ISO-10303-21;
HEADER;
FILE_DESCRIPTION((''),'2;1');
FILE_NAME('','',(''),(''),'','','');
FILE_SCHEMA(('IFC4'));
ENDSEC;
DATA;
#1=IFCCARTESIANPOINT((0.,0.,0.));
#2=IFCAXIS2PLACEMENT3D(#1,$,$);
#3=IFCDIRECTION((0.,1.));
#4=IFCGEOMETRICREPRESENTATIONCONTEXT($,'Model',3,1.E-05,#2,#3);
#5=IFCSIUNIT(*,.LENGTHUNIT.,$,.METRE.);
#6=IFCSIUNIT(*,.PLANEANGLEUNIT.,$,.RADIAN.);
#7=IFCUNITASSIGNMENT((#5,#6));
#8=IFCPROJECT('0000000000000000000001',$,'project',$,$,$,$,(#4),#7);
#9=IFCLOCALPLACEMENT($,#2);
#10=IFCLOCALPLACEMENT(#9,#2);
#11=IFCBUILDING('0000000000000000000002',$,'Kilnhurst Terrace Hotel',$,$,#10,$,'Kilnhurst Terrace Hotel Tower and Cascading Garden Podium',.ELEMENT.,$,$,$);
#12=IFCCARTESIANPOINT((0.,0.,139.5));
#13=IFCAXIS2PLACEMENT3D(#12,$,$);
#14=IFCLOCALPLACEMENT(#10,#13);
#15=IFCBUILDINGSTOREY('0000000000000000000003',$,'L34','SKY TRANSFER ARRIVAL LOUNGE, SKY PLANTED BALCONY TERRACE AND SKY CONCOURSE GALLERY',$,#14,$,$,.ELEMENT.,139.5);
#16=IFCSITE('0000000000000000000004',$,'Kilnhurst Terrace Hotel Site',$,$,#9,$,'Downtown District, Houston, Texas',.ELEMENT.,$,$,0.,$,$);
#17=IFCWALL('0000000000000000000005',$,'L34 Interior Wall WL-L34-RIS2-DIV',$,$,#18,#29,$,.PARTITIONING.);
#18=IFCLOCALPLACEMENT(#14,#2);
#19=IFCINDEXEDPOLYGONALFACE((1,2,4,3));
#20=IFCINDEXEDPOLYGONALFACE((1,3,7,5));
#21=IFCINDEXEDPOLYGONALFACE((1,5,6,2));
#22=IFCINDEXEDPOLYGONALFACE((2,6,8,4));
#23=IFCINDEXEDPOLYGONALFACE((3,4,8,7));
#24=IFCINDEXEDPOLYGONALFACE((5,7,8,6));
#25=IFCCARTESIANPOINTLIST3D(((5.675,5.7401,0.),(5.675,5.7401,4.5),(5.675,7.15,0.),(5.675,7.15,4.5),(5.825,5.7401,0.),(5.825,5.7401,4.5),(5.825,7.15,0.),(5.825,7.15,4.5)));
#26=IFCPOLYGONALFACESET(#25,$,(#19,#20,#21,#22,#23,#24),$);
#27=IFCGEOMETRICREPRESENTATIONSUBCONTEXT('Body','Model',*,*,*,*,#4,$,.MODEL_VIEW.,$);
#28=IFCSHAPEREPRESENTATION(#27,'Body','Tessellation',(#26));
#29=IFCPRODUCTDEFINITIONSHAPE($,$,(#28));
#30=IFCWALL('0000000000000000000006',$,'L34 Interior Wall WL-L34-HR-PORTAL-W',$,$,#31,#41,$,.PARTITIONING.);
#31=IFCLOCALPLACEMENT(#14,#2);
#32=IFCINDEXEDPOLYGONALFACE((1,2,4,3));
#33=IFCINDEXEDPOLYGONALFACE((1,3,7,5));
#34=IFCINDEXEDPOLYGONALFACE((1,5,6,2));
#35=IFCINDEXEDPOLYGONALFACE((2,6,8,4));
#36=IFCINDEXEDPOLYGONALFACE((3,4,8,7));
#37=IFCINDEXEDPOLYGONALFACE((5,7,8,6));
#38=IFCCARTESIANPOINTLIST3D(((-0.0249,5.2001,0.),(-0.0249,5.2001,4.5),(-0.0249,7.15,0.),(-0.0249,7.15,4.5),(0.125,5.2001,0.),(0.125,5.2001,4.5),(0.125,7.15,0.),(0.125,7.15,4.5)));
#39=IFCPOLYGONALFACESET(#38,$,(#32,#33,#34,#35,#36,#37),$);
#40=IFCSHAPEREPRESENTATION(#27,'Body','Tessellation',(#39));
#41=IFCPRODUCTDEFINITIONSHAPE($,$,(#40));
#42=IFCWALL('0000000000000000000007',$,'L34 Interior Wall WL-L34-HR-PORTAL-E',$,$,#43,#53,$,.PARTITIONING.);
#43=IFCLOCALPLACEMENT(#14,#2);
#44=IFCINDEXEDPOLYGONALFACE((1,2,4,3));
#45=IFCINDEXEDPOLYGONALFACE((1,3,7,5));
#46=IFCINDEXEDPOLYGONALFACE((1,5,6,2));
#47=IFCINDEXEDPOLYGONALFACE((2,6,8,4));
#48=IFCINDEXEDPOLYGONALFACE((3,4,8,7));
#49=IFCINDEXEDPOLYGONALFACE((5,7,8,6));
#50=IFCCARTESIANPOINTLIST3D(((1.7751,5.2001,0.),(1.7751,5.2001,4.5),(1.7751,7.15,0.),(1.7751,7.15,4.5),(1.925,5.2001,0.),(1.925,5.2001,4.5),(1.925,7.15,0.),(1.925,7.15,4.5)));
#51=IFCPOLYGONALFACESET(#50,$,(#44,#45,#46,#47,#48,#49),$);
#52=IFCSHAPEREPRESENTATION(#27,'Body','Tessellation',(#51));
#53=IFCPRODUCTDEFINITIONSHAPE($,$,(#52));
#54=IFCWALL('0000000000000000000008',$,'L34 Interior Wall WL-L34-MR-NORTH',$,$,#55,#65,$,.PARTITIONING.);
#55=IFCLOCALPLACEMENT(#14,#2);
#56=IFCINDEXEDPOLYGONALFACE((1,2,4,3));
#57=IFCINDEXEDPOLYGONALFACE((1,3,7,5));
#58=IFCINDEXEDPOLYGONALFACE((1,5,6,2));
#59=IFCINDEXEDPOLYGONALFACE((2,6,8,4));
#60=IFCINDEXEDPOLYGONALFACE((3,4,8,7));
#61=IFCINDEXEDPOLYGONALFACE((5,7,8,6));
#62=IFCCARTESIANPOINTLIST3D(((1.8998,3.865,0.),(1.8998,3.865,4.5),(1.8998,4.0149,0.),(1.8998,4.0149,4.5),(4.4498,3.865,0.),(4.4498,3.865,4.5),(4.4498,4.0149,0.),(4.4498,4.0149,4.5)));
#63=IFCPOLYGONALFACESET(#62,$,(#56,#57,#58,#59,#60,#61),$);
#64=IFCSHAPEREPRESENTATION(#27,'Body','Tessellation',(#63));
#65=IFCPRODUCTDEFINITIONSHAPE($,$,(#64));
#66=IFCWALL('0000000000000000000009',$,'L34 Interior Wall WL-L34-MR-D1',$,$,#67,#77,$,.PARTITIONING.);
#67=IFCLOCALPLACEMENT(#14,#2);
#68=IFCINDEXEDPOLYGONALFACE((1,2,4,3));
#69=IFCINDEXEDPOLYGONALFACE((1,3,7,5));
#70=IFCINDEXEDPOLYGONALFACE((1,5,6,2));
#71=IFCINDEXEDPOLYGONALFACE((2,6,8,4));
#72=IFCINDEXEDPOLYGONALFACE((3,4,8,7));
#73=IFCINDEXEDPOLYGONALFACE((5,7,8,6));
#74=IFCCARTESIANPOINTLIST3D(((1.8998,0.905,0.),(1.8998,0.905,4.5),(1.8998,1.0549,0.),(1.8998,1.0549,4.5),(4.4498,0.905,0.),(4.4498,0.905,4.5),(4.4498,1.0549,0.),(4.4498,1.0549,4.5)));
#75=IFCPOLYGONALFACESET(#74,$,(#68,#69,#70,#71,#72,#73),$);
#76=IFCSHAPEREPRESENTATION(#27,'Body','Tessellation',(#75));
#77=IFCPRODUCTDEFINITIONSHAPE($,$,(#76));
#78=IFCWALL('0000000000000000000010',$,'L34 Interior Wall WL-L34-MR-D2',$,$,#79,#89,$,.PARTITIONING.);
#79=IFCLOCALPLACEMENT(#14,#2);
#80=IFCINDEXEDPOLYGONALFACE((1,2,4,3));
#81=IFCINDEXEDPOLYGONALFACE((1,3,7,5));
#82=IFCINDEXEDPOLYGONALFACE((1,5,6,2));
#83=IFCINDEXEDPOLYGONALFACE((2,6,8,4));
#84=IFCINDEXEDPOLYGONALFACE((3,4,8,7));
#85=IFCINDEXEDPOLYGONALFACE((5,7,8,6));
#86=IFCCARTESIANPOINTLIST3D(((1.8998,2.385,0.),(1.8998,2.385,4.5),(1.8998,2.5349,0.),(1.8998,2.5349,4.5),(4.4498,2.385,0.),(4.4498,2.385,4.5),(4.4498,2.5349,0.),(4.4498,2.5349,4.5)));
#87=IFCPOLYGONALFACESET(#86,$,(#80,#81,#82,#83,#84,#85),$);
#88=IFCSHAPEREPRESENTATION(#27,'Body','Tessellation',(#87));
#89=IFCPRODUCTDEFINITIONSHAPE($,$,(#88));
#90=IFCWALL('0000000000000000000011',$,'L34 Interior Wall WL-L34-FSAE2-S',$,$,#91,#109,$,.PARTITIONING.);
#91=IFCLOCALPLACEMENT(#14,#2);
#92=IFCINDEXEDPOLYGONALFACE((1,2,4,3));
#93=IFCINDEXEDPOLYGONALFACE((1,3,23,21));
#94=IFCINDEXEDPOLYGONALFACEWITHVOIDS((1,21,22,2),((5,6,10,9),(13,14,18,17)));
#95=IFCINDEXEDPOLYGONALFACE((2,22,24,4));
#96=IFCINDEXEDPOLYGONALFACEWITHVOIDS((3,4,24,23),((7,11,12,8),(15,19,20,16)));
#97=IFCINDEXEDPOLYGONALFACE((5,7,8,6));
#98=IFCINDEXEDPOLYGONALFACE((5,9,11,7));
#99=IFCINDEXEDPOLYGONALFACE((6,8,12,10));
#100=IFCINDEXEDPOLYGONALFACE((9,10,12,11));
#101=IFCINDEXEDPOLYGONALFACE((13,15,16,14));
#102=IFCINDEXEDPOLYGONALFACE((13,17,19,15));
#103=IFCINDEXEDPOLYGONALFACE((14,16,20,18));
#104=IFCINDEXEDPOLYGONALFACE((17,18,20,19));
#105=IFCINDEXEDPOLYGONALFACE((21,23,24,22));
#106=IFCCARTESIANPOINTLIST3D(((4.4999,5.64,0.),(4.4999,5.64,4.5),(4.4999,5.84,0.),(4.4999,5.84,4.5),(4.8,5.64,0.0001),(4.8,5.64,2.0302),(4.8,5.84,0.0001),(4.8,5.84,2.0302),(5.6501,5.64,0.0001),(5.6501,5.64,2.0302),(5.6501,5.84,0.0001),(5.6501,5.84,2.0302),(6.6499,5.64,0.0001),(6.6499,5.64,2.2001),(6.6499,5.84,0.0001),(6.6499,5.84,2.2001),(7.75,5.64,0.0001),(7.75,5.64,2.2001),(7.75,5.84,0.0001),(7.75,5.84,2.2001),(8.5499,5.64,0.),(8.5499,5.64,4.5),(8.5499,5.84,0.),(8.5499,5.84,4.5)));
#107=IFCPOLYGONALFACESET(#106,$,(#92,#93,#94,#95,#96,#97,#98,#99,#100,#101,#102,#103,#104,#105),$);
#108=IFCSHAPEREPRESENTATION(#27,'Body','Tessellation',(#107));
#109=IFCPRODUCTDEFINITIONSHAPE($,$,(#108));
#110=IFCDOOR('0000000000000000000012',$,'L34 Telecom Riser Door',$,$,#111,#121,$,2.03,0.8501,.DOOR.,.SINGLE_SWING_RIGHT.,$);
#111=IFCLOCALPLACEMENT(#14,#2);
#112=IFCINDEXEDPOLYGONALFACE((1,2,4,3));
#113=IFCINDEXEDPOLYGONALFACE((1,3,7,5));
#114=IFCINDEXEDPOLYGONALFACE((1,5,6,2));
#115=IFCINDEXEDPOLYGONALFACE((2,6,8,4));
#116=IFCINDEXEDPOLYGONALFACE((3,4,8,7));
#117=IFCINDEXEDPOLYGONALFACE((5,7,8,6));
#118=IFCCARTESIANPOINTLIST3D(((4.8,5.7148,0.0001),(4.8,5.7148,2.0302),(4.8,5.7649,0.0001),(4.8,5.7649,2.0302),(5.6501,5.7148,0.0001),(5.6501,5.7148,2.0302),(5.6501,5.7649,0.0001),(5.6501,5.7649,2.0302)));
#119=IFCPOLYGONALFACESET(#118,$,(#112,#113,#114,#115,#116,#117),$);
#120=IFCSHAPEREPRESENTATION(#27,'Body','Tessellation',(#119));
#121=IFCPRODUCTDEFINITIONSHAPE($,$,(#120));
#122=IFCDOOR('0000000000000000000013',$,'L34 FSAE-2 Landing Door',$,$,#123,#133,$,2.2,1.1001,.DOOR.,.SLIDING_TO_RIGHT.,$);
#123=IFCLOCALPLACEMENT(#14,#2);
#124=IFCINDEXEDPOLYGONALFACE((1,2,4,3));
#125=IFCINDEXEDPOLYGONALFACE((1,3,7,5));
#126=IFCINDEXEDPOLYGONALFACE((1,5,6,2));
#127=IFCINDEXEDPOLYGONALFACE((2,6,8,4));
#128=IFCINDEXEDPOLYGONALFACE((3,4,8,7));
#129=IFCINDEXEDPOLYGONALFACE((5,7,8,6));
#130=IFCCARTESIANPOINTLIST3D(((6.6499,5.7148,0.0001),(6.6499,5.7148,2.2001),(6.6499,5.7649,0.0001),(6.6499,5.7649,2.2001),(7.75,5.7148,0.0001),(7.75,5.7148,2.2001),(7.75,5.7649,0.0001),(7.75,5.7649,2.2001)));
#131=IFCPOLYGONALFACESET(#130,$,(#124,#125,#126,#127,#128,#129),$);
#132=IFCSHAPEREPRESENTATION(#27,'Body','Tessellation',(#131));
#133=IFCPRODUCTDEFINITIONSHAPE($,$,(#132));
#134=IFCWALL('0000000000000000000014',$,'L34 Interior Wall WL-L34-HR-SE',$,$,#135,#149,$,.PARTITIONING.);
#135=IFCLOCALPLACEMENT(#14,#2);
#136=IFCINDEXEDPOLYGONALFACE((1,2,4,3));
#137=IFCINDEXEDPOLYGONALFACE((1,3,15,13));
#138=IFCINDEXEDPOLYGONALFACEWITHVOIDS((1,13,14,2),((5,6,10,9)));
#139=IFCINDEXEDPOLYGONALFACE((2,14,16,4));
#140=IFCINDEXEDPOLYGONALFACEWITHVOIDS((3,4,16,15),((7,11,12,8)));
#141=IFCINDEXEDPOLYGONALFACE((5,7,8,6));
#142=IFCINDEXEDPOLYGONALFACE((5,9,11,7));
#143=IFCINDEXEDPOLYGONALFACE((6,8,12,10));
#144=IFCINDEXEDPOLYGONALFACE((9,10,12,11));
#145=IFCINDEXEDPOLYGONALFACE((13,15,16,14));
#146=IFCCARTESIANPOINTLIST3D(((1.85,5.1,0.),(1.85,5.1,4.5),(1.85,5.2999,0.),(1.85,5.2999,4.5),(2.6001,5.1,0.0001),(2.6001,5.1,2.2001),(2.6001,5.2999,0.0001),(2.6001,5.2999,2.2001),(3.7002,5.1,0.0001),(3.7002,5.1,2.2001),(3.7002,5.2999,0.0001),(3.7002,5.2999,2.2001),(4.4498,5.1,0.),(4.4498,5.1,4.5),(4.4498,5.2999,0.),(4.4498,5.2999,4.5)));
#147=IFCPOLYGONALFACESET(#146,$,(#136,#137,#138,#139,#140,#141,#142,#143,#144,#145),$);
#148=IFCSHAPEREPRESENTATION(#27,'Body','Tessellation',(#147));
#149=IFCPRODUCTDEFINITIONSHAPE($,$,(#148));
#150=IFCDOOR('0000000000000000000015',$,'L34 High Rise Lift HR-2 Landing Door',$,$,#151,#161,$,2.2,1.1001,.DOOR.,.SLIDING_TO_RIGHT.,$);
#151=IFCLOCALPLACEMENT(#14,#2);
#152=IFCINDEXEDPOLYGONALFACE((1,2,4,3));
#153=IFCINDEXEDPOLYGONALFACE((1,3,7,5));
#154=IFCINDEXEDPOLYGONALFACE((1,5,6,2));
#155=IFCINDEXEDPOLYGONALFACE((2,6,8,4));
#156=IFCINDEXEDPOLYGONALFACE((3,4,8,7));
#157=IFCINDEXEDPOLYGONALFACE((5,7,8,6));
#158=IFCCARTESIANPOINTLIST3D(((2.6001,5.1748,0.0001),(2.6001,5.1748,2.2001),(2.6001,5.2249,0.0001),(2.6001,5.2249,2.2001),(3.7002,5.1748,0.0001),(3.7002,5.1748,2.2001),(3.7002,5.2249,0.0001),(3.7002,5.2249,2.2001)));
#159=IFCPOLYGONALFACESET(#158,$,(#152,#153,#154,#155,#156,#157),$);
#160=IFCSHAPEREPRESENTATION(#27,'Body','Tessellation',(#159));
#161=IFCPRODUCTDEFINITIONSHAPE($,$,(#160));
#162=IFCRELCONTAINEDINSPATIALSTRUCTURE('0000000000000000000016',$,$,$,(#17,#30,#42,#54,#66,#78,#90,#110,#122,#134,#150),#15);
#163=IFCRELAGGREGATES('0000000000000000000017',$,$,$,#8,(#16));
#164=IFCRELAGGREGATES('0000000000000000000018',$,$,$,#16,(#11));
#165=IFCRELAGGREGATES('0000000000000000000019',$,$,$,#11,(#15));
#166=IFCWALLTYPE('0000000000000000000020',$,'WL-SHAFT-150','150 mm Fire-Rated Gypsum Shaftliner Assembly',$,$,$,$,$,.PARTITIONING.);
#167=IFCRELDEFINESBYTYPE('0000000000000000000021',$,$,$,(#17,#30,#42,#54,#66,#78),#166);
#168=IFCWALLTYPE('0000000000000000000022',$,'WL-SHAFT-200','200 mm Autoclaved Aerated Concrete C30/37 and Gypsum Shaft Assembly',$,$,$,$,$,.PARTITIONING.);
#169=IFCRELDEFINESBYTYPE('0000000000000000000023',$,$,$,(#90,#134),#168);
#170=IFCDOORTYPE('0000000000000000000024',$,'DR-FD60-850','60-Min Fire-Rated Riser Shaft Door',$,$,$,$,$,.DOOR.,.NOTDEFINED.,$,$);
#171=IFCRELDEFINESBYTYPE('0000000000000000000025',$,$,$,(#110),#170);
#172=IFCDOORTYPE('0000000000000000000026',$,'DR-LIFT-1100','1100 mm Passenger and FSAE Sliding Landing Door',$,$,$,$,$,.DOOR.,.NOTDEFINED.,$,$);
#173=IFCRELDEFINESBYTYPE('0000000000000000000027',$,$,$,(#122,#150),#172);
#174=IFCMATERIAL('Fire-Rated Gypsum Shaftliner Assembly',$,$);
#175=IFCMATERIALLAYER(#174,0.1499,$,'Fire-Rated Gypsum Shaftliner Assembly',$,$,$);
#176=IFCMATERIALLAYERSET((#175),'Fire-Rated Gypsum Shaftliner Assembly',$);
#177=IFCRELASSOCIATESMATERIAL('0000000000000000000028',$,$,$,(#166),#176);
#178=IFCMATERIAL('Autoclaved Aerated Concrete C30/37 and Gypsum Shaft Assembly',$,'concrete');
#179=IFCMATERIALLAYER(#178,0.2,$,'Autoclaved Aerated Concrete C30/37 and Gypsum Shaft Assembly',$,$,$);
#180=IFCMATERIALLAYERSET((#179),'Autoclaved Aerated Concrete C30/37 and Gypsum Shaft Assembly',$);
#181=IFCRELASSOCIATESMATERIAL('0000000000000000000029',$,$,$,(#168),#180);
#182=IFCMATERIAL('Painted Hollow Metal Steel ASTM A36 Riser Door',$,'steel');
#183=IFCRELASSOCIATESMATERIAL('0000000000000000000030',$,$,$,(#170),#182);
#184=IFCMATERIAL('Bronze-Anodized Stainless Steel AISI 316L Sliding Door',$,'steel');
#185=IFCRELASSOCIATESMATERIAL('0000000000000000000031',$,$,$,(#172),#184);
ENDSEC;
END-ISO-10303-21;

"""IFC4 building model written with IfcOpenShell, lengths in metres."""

from ifc_helpers import new_model, si_unit, direction, frame, frame_2d, origin, place, context, subcontext, project, spatial, rectangle, extrude, material, layer, layer_set, type_object, element, fill, save


model = new_model("IFC4")

# Units and contexts
model_context = context("Model", 3, precision=1e-05, world=origin(), true_north=direction((0.0, 1.0)))
body_context = subcontext(model_context, "Body", "Model", "MODEL_VIEW")
ifc_project = project(units=[si_unit("LENGTHUNIT", "METRE"), si_unit("PLANEANGLEUNIT", "RADIAN")], contexts=[model_context])

# Site, building, storey
site_placement = place(None, origin())
site = spatial("IfcSite", under=ifc_project, at=site_placement, Name="Kilnhurst Terrace Hotel Site", LongName="Downtown District, Houston, Texas", CompositionType="ELEMENT", RefElevation=0.0)
building_placement = place(site_placement, origin())
building = spatial("IfcBuilding", under=site, at=building_placement, Name="Kilnhurst Terrace Hotel", LongName="Kilnhurst Terrace Hotel Tower and Cascading Garden Podium", CompositionType="ELEMENT")
storey_placement = place(building_placement, frame((0.0, 0.0, 139.5)))
storey = spatial("IfcBuildingStorey", under=building, at=storey_placement, Name="L34", Description="SKY TRANSFER ARRIVAL LOUNGE, SKY PLANTED BALCONY TERRACE AND SKY CONCOURSE GALLERY", CompositionType="ELEMENT", Elevation=139.5)

# Walls
ifc_material_1 = material(Name="Fire-Rated Gypsum Shaftliner Assembly")
ifc_layer_1 = layer(ifc_material_1, 0.1499, Name="Fire-Rated Gypsum Shaftliner Assembly")
ifc_layer_set_1 = layer_set([ifc_layer_1], Name="Fire-Rated Gypsum Shaftliner Assembly")
wall_type_1 = type_object("IfcWallType", Name="WL-SHAFT-150", Description="150 mm Fire-Rated Gypsum Shaftliner Assembly", PredefinedType="PARTITIONING", material=ifc_layer_set_1)
wall_1_placement = place(storey_placement, frame((5.75, 5.74, 0.0), z_axis=(0.0, 0.0, 1.0), x_axis=(0.0, 1.0, 0.0)))
element("IfcWall", 1, at=wall_1_placement, inside=storey, type_object=wall_type_1, Name="L34 Interior Wall WL-L34-RIS2-DIV", PredefinedType="PARTITIONING", context=body_context, shape_type="SweptSolid", body=[
    extrude(rectangle(XDim=1.4099, YDim=0.1499, at=frame_2d((0.7051, 0.0))), origin(), (0.0, 0.0, 1.0), 4.5),
])
for number, where, z_axis, x_axis, name in (
    (2, (0.05, 5.2, 0.0), (0.0, 0.0, 1.0), (0.0, 1.0, 0.0), "L34 Interior Wall WL-L34-HR-PORTAL-W"),
    (3, (1.8501, 5.2, 0.0), (0.0, 0.0, 1.0), (0.0, 1.0, 0.0), "L34 Interior Wall WL-L34-HR-PORTAL-E"),
):
    element("IfcWall", number, at=place(storey_placement, frame(where, z_axis=z_axis, x_axis=x_axis)), inside=storey, type_object=wall_type_1, Name=name, PredefinedType="PARTITIONING", context=body_context, shape_type="SweptSolid", body=[
        extrude(rectangle(XDim=1.95, YDim=0.1499, at=frame_2d((0.9751, 0.0))), origin(), (0.0, 0.0, 1.0), 4.5),
    ])
for number, where, z_axis, x_axis, name in (
    (4, (1.8999, 3.9399, 0.0), (0.0, 0.0, 1.0), (1.0, 0.0, 0.0), "L34 Interior Wall WL-L34-MR-NORTH"),
    (5, (1.8999, 0.98, 0.0), (0.0, 0.0, 1.0), (1.0, 0.0, 0.0), "L34 Interior Wall WL-L34-MR-D1"),
    (6, (1.8999, 2.46, 0.0), (0.0, 0.0, 1.0), (1.0, 0.0, 0.0), "L34 Interior Wall WL-L34-MR-D2"),
):
    element("IfcWall", number, at=place(storey_placement, frame(where, z_axis=z_axis, x_axis=x_axis)), inside=storey, type_object=wall_type_1, Name=name, PredefinedType="PARTITIONING", context=body_context, shape_type="SweptSolid", body=[
        extrude(rectangle(XDim=2.55, YDim=0.1499, at=frame_2d((1.2749, 0.0))), origin(), (0.0, 0.0, 1.0), 4.5),
    ])

# Wall, openings, doors
ifc_material_2 = material(Name="Autoclaved Aerated Concrete C30/37 and Gypsum Shaft Assembly", Category="concrete")
ifc_layer_2 = layer(ifc_material_2, 0.2, Name="Autoclaved Aerated Concrete C30/37 and Gypsum Shaft Assembly")
ifc_layer_set_2 = layer_set([ifc_layer_2], Name="Autoclaved Aerated Concrete C30/37 and Gypsum Shaft Assembly")
wall_type_2 = type_object("IfcWallType", Name="WL-SHAFT-200", Description="200 mm Autoclaved Aerated Concrete C30/37 and Gypsum Shaft Assembly", PredefinedType="PARTITIONING", material=ifc_layer_set_2)
wall_2_placement = place(storey_placement, frame((4.5, 5.74, 0.0), z_axis=(0.0, 0.0, 1.0), x_axis=(1.0, 0.0, 0.0)))
wall_2 = element("IfcWall", 7, at=wall_2_placement, inside=storey, type_object=wall_type_2, Name="L34 Interior Wall WL-L34-FSAE2-S", PredefinedType="PARTITIONING", context=body_context, shape_type="SweptSolid", body=[
    extrude(rectangle(XDim=4.05, YDim=0.2, at=frame_2d((2.0249, 0.0))), origin(), (0.0, 0.0, 1.0), 4.5),
])
opening_1_placement = place(wall_2_placement, frame((0.3, 0.0, 0.0)))
opening_1 = element("IfcOpeningElement", 8, at=opening_1_placement, cuts=wall_2, PredefinedType="OPENING", context=body_context, shape_type="SweptSolid", body=[
    extrude(rectangle(XDim=0.8501, YDim=2.03, at=frame_2d((0.425, 1.0151))), frame((0.0, 0.1099, 0.0), z_axis=(0.0, -1.0, 0.0), x_axis=(1.0, 0.0, 0.0)), (0.0, 0.0, 1.0), 0.22),
])
opening_2_placement = place(wall_2_placement, frame((2.1499, 0.0, 0.0)))
opening_2 = element("IfcOpeningElement", 9, at=opening_2_placement, cuts=wall_2, PredefinedType="OPENING", context=body_context, shape_type="SweptSolid", body=[
    extrude(rectangle(XDim=1.1001, YDim=2.2, at=frame_2d((0.55, 1.1001))), frame((0.0, 0.1099, 0.0), z_axis=(0.0, -1.0, 0.0), x_axis=(1.0, 0.0, 0.0)), (0.0, 0.0, 1.0), 0.22),
])
ifc_material_3 = material(Name="Painted Hollow Metal Steel ASTM A36 Riser Door", Category="steel")
door_type_1 = type_object("IfcDoorType", Name="DR-FD60-850", Description="60-Min Fire-Rated Riser Shaft Door", OperationType="NOTDEFINED", PredefinedType="DOOR", material=ifc_material_3)
door_1_placement = place(opening_1_placement, origin())
door_1 = element("IfcDoor", 10, at=door_1_placement, inside=storey, type_object=door_type_1, Name="L34 Telecom Riser Door", OperationType="SINGLE_SWING_RIGHT", OverallHeight=2.03, OverallWidth=0.8501, PredefinedType="DOOR", context=body_context, shape_type="SweptSolid", body=[
    extrude(rectangle(XDim=0.8501, YDim=2.03, at=frame_2d((0.425, 1.0151))), frame((0.0, 0.0249, 0.0), z_axis=(0.0, -1.0, 0.0), x_axis=(1.0, 0.0, 0.0)), (0.0, 0.0, 1.0), 0.05),
])
fill(opening_1, door_1)
ifc_material_4 = material(Name="Bronze-Anodized Stainless Steel AISI 316L Sliding Door", Category="steel")
door_type_2 = type_object("IfcDoorType", Name="DR-LIFT-1100", Description="1100 mm Passenger and FSAE Sliding Landing Door", OperationType="NOTDEFINED", PredefinedType="DOOR", material=ifc_material_4)
door_2_placement = place(opening_2_placement, origin())
door_2 = element("IfcDoor", 11, at=door_2_placement, inside=storey, type_object=door_type_2, Name="L34 FSAE-2 Landing Door", OperationType="SLIDING_TO_RIGHT", OverallHeight=2.2, OverallWidth=1.1001, PredefinedType="DOOR", context=body_context, shape_type="SweptSolid", body=[
    extrude(rectangle(XDim=1.1001, YDim=2.2, at=frame_2d((0.55, 1.1001))), frame((0.0, 0.0249, 0.0), z_axis=(0.0, -1.0, 0.0), x_axis=(1.0, 0.0, 0.0)), (0.0, 0.0, 1.0), 0.05),
])
fill(opening_2, door_2)

# Wall, opening, door
wall_3_placement = place(storey_placement, frame((1.8501, 5.2, 0.0), z_axis=(0.0, 0.0, 1.0), x_axis=(1.0, 0.0, 0.0)))
wall_3 = element("IfcWall", 12, at=wall_3_placement, inside=storey, type_object=wall_type_2, Name="L34 Interior Wall WL-L34-HR-SE", PredefinedType="PARTITIONING", context=body_context, shape_type="SweptSolid", body=[
    extrude(rectangle(XDim=2.5999, YDim=0.2, at=frame_2d((1.2998, 0.0))), origin(), (0.0, 0.0, 1.0), 4.5),
])
opening_3_placement = place(wall_3_placement, frame((0.75, 0.0, 0.0)))
opening_3 = element("IfcOpeningElement", 13, at=opening_3_placement, cuts=wall_3, PredefinedType="OPENING", context=body_context, shape_type="SweptSolid", body=[
    extrude(rectangle(XDim=1.1001, YDim=2.2, at=frame_2d((0.55, 1.1001))), frame((0.0, 0.1099, 0.0), z_axis=(0.0, -1.0, 0.0), x_axis=(1.0, 0.0, 0.0)), (0.0, 0.0, 1.0), 0.22),
])
door_3_placement = place(opening_3_placement, origin())
door_3 = element("IfcDoor", 14, at=door_3_placement, inside=storey, type_object=door_type_2, Name="L34 High Rise Lift HR-2 Landing Door", OperationType="SLIDING_TO_RIGHT", OverallHeight=2.2, OverallWidth=1.1001, PredefinedType="DOOR", context=body_context, shape_type="SweptSolid", body=[
    extrude(rectangle(XDim=1.1001, YDim=2.2, at=frame_2d((0.55, 1.1001))), frame((0.0, 0.0249, 0.0), z_axis=(0.0, -1.0, 0.0), x_axis=(1.0, 0.0, 0.0)), (0.0, 0.0, 1.0), 0.05),
])
fill(opening_3, door_3)

save(model, "model.ifc")
